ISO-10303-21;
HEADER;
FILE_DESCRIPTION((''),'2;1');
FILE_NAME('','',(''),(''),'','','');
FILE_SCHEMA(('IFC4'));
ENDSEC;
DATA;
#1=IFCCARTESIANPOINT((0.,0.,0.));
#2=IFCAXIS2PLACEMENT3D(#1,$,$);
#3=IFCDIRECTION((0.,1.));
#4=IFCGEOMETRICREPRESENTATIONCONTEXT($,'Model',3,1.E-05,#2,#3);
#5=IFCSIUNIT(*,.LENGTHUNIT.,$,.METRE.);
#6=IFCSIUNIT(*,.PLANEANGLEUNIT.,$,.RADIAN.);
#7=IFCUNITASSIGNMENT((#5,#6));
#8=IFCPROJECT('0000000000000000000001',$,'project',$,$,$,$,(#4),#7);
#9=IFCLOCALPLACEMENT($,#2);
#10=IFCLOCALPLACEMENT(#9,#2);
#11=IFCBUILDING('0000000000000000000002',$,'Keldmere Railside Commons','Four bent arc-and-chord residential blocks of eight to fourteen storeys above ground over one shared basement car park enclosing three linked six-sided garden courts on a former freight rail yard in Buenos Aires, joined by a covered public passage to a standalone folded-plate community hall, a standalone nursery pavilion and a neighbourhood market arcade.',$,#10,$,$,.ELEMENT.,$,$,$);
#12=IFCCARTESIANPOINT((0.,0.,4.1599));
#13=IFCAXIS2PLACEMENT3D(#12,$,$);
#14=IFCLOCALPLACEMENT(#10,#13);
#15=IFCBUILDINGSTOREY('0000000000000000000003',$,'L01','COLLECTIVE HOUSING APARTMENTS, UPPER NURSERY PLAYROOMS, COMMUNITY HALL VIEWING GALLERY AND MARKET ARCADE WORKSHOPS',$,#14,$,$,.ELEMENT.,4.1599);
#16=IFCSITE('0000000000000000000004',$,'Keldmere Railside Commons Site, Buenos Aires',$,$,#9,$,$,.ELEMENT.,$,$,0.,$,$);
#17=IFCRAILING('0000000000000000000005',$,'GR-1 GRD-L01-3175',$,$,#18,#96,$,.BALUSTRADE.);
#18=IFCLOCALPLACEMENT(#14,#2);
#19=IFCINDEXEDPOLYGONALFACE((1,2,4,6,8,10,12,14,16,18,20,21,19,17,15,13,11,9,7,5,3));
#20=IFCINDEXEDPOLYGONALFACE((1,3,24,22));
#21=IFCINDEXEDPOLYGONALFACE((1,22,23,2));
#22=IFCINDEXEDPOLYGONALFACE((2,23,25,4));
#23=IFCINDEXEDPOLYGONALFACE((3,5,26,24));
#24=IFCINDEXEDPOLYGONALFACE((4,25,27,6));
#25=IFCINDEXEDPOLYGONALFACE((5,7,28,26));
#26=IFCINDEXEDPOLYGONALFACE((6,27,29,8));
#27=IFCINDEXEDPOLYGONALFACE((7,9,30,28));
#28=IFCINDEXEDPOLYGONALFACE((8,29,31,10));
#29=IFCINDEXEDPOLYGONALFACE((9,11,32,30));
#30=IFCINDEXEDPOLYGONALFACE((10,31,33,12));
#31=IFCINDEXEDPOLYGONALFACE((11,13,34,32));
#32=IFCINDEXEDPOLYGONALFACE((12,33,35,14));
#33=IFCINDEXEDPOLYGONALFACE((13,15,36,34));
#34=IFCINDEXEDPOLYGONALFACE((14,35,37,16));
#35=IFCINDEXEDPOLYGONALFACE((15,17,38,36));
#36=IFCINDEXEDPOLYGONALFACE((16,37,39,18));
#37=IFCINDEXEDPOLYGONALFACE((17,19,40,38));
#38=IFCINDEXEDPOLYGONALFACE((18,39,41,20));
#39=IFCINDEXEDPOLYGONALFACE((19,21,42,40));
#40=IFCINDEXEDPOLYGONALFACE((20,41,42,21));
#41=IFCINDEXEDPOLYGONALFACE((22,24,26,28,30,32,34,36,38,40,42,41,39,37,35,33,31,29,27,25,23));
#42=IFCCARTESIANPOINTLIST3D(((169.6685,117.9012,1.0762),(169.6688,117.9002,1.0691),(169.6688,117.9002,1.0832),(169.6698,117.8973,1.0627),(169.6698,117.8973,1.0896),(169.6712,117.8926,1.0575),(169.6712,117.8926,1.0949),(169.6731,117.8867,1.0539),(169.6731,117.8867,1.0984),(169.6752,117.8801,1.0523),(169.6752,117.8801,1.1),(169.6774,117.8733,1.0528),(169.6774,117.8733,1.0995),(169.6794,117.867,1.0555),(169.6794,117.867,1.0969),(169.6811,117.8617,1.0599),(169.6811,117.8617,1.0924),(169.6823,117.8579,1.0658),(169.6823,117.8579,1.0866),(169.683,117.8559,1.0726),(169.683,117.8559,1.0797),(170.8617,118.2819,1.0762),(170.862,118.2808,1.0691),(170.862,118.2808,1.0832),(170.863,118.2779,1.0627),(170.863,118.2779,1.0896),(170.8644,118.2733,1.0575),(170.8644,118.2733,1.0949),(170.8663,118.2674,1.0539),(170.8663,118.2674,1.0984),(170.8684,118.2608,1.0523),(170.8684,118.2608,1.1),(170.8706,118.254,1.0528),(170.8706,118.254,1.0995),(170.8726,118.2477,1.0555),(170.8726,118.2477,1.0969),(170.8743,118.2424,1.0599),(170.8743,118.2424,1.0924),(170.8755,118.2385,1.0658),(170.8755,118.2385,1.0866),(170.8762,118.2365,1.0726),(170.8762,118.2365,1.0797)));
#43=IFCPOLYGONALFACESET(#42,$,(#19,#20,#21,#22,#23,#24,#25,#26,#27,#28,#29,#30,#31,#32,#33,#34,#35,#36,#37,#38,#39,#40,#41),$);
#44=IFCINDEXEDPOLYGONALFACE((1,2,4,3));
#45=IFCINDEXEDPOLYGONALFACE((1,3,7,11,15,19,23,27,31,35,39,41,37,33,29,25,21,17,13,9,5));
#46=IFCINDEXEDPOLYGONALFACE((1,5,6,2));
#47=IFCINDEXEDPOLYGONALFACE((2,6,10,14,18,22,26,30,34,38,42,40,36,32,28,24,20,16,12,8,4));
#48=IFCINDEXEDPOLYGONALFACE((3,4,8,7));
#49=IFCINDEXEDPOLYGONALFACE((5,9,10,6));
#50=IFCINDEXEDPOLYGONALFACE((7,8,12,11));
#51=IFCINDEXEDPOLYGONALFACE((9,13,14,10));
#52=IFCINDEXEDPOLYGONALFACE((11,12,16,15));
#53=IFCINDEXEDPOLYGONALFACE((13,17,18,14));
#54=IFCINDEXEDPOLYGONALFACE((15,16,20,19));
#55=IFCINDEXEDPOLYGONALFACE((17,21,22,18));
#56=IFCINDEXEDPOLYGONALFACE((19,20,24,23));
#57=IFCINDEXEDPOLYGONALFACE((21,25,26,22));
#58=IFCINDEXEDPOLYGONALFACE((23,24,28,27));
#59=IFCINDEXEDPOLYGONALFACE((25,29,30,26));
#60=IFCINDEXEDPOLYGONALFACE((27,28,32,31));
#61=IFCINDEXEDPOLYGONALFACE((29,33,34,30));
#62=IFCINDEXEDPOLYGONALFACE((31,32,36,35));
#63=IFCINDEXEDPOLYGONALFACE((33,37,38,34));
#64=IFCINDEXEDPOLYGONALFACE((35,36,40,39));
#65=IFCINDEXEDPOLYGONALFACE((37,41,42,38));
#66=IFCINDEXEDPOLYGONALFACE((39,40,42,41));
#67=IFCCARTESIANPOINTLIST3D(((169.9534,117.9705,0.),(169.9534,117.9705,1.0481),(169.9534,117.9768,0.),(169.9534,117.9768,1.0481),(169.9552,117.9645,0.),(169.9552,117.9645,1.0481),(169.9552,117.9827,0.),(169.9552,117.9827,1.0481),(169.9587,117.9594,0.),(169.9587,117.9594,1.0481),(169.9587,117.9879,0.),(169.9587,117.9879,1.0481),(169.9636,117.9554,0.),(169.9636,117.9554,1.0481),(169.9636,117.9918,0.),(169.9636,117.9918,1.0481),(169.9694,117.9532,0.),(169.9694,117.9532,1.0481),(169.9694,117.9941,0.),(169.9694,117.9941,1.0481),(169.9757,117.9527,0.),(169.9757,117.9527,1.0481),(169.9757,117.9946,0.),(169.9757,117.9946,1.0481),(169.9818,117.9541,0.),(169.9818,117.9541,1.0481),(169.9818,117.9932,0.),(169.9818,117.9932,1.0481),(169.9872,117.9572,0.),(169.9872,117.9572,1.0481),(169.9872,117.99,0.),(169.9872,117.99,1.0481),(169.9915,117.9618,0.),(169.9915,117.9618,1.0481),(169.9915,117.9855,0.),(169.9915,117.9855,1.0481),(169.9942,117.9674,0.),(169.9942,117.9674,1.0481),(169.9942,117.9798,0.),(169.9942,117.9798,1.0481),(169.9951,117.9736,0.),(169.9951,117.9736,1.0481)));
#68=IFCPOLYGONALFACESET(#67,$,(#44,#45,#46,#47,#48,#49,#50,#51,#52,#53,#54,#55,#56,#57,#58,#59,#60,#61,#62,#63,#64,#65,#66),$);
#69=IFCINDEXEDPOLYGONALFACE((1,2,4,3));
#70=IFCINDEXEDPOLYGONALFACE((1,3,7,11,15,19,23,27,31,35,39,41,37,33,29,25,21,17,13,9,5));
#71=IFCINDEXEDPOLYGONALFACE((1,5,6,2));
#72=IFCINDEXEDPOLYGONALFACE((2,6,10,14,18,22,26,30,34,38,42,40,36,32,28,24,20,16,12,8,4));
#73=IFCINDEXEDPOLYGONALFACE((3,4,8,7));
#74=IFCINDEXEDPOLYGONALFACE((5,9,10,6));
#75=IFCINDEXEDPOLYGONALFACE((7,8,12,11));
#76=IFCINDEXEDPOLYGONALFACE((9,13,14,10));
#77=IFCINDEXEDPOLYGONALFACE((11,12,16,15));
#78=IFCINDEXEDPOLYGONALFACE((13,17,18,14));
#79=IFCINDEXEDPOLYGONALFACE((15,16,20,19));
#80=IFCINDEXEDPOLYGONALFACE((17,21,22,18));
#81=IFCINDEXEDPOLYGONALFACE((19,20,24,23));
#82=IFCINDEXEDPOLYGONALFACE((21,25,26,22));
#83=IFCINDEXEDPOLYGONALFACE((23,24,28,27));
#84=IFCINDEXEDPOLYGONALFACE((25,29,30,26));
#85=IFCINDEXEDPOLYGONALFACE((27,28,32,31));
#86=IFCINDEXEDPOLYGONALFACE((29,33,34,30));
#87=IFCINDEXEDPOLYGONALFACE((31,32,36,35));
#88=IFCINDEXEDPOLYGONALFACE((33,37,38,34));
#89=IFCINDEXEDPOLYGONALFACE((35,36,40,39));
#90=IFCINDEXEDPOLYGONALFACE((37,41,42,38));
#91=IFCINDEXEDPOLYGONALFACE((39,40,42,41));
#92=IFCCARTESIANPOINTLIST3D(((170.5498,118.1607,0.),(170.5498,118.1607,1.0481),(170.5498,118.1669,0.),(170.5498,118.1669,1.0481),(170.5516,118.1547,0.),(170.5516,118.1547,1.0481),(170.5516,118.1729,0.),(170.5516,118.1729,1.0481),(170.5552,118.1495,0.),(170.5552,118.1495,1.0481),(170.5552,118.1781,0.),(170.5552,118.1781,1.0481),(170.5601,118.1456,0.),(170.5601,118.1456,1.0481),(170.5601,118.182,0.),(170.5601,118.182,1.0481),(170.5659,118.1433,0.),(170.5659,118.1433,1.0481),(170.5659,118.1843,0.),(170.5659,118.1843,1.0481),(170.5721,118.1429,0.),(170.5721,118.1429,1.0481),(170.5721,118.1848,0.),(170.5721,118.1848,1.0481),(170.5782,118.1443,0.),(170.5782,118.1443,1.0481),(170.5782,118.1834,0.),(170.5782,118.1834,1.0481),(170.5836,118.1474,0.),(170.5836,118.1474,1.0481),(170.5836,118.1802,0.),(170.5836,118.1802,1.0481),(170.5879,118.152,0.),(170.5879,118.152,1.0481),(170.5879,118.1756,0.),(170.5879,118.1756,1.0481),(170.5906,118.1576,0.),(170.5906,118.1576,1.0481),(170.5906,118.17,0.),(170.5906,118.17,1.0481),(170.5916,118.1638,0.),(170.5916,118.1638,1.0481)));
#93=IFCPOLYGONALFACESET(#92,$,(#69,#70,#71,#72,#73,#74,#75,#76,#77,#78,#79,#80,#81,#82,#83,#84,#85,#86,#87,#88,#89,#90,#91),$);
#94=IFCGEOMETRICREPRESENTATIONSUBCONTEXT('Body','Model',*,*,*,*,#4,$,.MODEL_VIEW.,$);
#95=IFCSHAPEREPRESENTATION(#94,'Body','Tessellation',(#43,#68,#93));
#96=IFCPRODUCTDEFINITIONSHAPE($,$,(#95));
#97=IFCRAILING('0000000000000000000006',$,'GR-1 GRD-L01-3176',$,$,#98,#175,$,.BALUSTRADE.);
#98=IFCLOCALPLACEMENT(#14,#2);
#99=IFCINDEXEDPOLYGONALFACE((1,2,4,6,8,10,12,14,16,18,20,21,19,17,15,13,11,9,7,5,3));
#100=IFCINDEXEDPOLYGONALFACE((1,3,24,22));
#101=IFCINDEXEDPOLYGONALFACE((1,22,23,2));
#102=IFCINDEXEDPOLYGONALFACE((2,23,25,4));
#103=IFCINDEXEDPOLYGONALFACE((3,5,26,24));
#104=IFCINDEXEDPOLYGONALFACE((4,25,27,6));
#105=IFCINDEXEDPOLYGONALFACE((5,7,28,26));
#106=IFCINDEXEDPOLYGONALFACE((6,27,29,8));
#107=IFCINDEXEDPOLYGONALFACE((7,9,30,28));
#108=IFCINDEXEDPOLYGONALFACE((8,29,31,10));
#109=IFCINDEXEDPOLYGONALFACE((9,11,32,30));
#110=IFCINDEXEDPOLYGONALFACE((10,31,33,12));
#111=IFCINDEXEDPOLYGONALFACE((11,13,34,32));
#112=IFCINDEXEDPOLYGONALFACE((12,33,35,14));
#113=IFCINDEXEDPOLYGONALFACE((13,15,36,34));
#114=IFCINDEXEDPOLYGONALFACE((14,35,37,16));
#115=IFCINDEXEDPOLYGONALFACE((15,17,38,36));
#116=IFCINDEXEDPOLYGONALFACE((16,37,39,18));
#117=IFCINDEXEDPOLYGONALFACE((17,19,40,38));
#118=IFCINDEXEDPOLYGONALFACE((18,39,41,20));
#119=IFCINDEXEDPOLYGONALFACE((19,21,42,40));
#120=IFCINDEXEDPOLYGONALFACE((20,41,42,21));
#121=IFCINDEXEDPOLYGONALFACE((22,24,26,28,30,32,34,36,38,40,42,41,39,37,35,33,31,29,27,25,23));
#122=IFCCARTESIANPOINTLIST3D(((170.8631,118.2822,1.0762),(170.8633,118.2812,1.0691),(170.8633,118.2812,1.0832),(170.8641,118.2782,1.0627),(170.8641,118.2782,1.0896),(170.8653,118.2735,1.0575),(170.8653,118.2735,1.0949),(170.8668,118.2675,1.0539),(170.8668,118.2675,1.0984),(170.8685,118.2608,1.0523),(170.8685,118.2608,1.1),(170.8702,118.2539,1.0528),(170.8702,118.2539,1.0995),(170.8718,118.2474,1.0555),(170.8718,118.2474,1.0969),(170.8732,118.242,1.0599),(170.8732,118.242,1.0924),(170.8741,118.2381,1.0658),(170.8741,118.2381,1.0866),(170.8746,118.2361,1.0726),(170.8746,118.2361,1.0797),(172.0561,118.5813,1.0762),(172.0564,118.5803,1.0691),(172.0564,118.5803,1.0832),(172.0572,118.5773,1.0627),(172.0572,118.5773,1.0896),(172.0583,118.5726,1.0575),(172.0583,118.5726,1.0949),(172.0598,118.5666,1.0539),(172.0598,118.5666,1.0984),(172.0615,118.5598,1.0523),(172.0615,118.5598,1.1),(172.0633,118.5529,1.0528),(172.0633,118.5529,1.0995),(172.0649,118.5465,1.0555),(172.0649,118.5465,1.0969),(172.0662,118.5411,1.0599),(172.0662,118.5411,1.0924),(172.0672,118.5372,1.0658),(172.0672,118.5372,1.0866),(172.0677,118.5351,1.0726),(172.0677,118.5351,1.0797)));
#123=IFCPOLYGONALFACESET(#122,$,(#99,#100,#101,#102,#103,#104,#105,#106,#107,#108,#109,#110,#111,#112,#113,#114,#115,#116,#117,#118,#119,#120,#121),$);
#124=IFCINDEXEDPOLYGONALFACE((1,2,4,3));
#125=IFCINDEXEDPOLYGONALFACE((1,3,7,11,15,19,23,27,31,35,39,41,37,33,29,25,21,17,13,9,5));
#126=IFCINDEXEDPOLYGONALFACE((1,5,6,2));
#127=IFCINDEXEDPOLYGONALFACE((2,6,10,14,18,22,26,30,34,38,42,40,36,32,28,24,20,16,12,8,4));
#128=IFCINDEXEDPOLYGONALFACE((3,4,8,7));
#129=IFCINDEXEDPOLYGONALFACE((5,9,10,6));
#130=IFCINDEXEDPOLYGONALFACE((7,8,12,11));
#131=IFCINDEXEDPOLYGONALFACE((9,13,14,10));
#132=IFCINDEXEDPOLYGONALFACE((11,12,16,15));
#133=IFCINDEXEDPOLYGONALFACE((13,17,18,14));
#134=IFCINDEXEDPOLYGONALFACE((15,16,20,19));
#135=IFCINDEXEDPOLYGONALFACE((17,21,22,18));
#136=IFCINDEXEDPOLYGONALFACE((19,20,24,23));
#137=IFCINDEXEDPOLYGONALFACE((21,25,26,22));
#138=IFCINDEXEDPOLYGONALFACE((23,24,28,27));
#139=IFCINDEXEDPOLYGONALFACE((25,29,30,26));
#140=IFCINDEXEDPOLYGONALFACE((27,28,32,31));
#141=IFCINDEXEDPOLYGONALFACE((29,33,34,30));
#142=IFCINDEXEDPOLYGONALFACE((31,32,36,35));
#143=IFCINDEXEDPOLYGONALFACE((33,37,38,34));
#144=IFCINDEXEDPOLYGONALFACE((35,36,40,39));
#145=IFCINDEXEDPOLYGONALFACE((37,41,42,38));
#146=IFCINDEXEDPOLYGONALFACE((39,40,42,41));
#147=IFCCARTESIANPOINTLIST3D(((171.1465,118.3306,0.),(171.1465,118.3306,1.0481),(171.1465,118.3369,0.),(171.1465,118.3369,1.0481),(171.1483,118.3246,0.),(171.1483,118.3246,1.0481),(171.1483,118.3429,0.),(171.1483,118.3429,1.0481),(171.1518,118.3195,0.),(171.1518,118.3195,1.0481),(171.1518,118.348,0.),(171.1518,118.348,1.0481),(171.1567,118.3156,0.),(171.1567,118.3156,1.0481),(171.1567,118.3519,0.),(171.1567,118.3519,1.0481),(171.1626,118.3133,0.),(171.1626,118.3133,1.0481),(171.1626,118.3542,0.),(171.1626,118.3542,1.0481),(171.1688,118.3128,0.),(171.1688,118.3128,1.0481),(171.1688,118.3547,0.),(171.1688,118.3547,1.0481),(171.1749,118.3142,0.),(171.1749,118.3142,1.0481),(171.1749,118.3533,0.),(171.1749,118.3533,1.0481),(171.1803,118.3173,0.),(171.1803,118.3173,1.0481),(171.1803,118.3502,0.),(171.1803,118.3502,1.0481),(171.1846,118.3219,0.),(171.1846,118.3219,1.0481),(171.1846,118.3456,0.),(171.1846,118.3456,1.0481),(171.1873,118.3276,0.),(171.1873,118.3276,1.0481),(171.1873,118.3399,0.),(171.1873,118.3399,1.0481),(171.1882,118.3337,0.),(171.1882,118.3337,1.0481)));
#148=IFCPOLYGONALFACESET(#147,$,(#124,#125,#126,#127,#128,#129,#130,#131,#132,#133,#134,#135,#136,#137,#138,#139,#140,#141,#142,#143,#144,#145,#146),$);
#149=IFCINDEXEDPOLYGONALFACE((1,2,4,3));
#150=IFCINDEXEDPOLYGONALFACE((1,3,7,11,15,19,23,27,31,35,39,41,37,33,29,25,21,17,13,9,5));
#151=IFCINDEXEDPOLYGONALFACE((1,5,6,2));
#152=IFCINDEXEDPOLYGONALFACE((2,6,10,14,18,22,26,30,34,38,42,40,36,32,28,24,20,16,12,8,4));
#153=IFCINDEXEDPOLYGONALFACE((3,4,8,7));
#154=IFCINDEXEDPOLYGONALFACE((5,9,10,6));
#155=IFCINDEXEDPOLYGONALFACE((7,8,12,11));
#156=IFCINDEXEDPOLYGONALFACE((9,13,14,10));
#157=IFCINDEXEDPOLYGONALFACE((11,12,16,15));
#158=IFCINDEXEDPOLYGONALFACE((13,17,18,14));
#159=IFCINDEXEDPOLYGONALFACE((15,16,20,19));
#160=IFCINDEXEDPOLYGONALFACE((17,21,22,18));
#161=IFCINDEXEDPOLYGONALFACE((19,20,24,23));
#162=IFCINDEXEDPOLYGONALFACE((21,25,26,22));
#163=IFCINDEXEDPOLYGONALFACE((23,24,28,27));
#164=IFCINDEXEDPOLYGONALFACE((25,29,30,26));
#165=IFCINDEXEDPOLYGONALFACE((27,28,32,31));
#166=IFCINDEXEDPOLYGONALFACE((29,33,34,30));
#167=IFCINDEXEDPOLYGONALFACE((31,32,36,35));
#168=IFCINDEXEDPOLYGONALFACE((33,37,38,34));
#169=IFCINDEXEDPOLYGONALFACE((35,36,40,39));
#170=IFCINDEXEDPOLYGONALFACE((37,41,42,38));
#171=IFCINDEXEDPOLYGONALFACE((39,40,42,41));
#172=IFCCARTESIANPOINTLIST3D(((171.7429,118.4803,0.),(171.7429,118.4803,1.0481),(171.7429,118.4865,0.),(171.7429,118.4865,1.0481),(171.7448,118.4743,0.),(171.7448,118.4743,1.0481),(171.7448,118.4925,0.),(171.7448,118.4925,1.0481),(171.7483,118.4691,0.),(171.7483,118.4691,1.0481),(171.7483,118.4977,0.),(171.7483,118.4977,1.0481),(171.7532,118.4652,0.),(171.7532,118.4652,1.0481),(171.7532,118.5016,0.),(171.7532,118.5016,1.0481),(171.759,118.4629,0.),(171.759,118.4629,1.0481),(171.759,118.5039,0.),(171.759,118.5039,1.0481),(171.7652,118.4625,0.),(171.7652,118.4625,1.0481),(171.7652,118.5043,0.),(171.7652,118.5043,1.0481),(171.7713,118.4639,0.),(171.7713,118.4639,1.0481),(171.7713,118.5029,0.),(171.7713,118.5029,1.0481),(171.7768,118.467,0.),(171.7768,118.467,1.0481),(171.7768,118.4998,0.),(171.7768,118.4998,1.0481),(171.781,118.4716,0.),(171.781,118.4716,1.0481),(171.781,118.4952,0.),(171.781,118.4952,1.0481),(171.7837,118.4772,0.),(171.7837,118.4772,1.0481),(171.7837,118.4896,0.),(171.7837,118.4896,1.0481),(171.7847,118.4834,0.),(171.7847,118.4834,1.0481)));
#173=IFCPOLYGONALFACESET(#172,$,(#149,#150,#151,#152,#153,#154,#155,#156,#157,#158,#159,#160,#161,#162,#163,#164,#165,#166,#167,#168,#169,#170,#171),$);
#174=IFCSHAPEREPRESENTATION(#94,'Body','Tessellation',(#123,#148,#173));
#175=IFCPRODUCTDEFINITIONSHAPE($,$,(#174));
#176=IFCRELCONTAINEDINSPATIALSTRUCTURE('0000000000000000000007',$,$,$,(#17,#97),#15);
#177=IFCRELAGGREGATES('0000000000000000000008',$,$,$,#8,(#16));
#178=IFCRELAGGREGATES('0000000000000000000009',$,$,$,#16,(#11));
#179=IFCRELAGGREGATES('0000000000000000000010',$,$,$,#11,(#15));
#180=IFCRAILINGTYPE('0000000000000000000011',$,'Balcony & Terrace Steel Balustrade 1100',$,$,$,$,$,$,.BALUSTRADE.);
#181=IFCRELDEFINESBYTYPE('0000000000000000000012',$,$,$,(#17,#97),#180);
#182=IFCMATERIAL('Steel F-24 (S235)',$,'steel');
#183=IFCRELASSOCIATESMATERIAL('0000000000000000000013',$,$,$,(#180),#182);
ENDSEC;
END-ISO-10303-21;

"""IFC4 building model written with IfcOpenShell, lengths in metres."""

from ifc_helpers import new_model, si_unit, direction, frame, origin, origin_2d, place, context, subcontext, project, spatial, circle, extrude, material, type_object, element, save


model = new_model("IFC4")

# Units and contexts
model_context = context("Model", 3, precision=1e-05, world=origin(), true_north=direction((0.0, 1.0)))
body_context = subcontext(model_context, "Body", "Model", "MODEL_VIEW")
ifc_project = project(units=[si_unit("LENGTHUNIT", "METRE"), si_unit("PLANEANGLEUNIT", "RADIAN")], contexts=[model_context])

# Site, building, storey
site_placement = place(None, origin())
site = spatial("IfcSite", under=ifc_project, at=site_placement, Name="Keldmere Railside Commons Site, Buenos Aires", CompositionType="ELEMENT", RefElevation=0.0)
building_placement = place(site_placement, origin())
building = spatial("IfcBuilding", under=site, at=building_placement, Name="Keldmere Railside Commons", Description="Four bent arc-and-chord residential blocks of eight to fourteen storeys above ground over one shared basement car park enclosing three linked six-sided garden courts on a former freight rail yard in Buenos Aires, joined by a covered public passage to a standalone folded-plate community hall, a standalone nursery pavilion and a neighbourhood market arcade.", CompositionType="ELEMENT")
storey_placement = place(building_placement, frame((0.0, 0.0, 4.1599)))
storey = spatial("IfcBuildingStorey", under=building, at=storey_placement, Name="L01", Description="COLLECTIVE HOUSING APARTMENTS, UPPER NURSERY PLAYROOMS, COMMUNITY HALL VIEWING GALLERY AND MARKET ARCADE WORKSHOPS", CompositionType="ELEMENT", Elevation=4.1599)

# Railings
ifc_material_1 = material(Name="Steel F-24 (S235)", Category="steel")
railing_type = type_object("IfcRailingType", Name="Balcony & Terrace Steel Balustrade 1100", PredefinedType="BALUSTRADE", material=ifc_material_1)
railing_1_placement = place(storey_placement, frame((169.6758, 117.8784, 0.0)))
element("IfcRailing", 1, at=railing_1_placement, inside=storey, type_object=railing_type, Name="GR-1 GRD-L01-3175", PredefinedType="BALUSTRADE", context=body_context, shape_type="SweptSolid", body=[
    extrude(circle(Radius=0.0239, at=origin_2d()), frame((0.0, 0.0, 1.0762), z_axis=(0.952698, 0.30392, 0.0), x_axis=(-0.30392, 0.952698, 0.0)), (0.0, 0.0, 1.0), 1.2524),
    extrude(circle(Radius=0.021, at=origin_2d()), frame((0.2983, 0.0952, 0.0)), (0.0, 0.0, 1.0), 1.0481),
    extrude(circle(Radius=0.021, at=origin_2d()), frame((0.8948, 0.2854, 0.0)), (0.0, 0.0, 1.0), 1.0481),
])
railing_2_placement = place(storey_placement, frame((170.8689, 118.259, 0.0)))
element("IfcRailing", 2, at=railing_2_placement, inside=storey, type_object=railing_type, Name="GR-1 GRD-L01-3176", PredefinedType="BALUSTRADE", context=body_context, shape_type="SweptSolid", body=[
    extrude(circle(Radius=0.0239, at=origin_2d()), frame((0.0, 0.0, 1.0762), z_axis=(0.969991, 0.243143, 0.0), x_axis=(-0.243143, 0.969991, 0.0)), (0.0, 0.0, 1.0), 1.23),
    extrude(circle(Radius=0.021, at=origin_2d()), frame((0.2983, 0.0747, 0.0)), (0.0, 0.0, 1.0), 1.0481),
    extrude(circle(Radius=0.021, at=origin_2d()), frame((0.8948, 0.2244, 0.0)), (0.0, 0.0, 1.0), 1.0481),
])

save(model, "model.ifc")
